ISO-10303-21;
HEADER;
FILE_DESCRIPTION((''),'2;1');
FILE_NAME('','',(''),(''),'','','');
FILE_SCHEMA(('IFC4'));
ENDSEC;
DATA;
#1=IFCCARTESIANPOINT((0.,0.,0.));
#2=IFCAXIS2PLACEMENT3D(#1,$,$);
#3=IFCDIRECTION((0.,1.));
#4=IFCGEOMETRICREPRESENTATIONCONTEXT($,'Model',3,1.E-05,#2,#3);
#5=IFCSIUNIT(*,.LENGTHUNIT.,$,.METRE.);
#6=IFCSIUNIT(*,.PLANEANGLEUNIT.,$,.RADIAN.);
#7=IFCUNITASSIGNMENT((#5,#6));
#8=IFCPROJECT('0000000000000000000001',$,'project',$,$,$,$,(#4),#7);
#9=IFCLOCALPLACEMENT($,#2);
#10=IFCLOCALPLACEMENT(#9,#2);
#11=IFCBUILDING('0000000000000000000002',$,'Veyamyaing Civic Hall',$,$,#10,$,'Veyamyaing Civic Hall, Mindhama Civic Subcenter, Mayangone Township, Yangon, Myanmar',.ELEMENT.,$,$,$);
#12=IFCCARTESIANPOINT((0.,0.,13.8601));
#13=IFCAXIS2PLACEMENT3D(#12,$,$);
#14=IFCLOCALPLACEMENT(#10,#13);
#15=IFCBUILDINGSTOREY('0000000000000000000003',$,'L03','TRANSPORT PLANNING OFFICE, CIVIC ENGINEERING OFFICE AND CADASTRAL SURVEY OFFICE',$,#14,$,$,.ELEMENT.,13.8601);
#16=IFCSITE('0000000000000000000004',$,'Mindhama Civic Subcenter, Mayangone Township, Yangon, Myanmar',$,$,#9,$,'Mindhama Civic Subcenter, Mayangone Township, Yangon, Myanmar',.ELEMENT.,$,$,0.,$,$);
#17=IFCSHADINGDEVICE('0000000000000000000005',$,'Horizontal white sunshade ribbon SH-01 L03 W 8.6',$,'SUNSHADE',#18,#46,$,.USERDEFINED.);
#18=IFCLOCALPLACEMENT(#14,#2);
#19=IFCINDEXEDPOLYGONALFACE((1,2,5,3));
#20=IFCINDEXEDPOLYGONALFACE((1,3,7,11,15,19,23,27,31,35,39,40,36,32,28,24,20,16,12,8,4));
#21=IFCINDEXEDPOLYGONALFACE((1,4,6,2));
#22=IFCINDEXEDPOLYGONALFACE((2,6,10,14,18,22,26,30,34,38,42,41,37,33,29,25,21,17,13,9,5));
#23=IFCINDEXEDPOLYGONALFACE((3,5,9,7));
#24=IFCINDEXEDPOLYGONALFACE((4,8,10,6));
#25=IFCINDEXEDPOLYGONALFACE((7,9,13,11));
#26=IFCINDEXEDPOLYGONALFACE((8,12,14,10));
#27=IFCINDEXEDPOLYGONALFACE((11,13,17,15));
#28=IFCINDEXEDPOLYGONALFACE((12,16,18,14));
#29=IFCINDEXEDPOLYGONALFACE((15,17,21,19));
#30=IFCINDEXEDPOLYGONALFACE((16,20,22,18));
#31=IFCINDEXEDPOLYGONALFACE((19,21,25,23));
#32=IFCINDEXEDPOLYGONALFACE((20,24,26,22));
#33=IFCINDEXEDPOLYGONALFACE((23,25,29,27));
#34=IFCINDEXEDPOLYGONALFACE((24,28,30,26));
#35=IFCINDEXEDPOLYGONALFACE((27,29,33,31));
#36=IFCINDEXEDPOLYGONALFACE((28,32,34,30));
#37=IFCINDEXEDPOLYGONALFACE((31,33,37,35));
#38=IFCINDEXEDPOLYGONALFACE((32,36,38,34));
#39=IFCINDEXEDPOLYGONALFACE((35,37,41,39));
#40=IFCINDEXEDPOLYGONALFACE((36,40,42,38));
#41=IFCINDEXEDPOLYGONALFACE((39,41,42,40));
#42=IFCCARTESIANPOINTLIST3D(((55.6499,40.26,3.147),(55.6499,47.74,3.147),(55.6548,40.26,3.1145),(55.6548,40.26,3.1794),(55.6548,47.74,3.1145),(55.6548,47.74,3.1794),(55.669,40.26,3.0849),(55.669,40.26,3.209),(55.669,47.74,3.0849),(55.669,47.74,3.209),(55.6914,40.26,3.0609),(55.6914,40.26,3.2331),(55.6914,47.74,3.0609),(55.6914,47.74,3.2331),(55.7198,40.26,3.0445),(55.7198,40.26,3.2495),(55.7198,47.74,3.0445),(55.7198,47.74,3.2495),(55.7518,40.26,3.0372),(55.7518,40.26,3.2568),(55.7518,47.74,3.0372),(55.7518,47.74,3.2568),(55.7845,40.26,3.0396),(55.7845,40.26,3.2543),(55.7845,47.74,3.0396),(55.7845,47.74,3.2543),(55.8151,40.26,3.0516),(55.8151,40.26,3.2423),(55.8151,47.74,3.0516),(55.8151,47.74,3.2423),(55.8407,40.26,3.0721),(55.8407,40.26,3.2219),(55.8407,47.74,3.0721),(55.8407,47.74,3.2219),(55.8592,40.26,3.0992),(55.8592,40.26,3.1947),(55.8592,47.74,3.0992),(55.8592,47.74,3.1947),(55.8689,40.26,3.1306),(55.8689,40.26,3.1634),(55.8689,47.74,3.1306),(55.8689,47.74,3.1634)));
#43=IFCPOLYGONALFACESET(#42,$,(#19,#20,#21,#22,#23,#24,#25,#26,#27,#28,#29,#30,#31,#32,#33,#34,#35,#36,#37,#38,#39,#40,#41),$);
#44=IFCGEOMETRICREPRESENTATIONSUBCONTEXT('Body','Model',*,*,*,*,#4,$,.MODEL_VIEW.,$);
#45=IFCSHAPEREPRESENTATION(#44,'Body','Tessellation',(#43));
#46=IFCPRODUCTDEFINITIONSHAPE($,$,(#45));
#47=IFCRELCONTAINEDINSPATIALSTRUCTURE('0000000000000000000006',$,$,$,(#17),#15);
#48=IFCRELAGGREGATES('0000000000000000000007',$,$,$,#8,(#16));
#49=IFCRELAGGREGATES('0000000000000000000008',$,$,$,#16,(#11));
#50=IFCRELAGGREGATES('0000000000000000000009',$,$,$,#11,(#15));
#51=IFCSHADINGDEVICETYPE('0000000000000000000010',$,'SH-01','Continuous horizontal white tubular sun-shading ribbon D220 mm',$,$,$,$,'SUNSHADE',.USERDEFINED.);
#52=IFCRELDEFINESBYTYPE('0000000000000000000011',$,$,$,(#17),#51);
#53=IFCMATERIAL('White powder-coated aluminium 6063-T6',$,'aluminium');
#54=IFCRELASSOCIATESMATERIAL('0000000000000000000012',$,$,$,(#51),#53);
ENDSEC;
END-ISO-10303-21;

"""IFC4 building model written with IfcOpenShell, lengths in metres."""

from ifc_helpers import new_model, si_unit, direction, frame, origin, origin_2d, place, context, subcontext, project, spatial, circle, extrude, material, material_profile, profile_set, type_object, element, save


model = new_model("IFC4")

# Units and contexts
model_context = context("Model", 3, precision=1e-05, world=origin(), true_north=direction((0.0, 1.0)))
body_context = subcontext(model_context, "Body", "Model", "MODEL_VIEW")
ifc_project = project(units=[si_unit("LENGTHUNIT", "METRE"), si_unit("PLANEANGLEUNIT", "RADIAN")], contexts=[model_context])

# Site, building, storey
site_placement = place(None, origin())
site = spatial("IfcSite", under=ifc_project, at=site_placement, Name="Mindhama Civic Subcenter, Mayangone Township, Yangon, Myanmar", LongName="Mindhama Civic Subcenter, Mayangone Township, Yangon, Myanmar", CompositionType="ELEMENT", RefElevation=0.0)
building_placement = place(site_placement, origin())
building = spatial("IfcBuilding", under=site, at=building_placement, Name="Veyamyaing Civic Hall", LongName="Veyamyaing Civic Hall, Mindhama Civic Subcenter, Mayangone Township, Yangon, Myanmar", CompositionType="ELEMENT")
storey_placement = place(building_placement, frame((0.0, 0.0, 13.8601)))
storey = spatial("IfcBuildingStorey", under=building, at=storey_placement, Name="L03", Description="TRANSPORT PLANNING OFFICE, CIVIC ENGINEERING OFFICE AND CADASTRAL SURVEY OFFICE", CompositionType="ELEMENT", Elevation=13.8601)

# Shared definitions
ifc_material_1 = material(Name="White powder-coated aluminium 6063-T6", Category="aluminium")

# Shading device
ifc_material_profile_1 = material_profile(ifc_material_1, circle(Radius=0.1101, at=origin_2d()), Name="SHADE-TUBE-220")
ifc_profile_set_1 = profile_set([ifc_material_profile_1], Name="White powder-coated aluminium 6063-T6")
shading_device_type = type_object("IfcShadingDeviceType", Name="SH-01", Description="Continuous horizontal white tubular sun-shading ribbon D220 mm", ElementType="SUNSHADE", PredefinedType="USERDEFINED", material=ifc_profile_set_1)
shading_device_placement = place(storey_placement, frame((55.76, 40.26, 3.147), z_axis=(0.0, 1.0, 0.0), x_axis=(-1.0, 0.0, 0.0)))
element("IfcShadingDevice", 1, at=shading_device_placement, inside=storey, type_object=shading_device_type, Name="Horizontal white sunshade ribbon SH-01 L03 W 8.6", ObjectType="SUNSHADE", PredefinedType="USERDEFINED", context=body_context, shape_type="SweptSolid", body=[
    extrude(circle(Radius=0.1101, at=origin_2d()), origin(), (0.0, 0.0, 1.0), 7.48),
])

save(model, "model.ifc")
